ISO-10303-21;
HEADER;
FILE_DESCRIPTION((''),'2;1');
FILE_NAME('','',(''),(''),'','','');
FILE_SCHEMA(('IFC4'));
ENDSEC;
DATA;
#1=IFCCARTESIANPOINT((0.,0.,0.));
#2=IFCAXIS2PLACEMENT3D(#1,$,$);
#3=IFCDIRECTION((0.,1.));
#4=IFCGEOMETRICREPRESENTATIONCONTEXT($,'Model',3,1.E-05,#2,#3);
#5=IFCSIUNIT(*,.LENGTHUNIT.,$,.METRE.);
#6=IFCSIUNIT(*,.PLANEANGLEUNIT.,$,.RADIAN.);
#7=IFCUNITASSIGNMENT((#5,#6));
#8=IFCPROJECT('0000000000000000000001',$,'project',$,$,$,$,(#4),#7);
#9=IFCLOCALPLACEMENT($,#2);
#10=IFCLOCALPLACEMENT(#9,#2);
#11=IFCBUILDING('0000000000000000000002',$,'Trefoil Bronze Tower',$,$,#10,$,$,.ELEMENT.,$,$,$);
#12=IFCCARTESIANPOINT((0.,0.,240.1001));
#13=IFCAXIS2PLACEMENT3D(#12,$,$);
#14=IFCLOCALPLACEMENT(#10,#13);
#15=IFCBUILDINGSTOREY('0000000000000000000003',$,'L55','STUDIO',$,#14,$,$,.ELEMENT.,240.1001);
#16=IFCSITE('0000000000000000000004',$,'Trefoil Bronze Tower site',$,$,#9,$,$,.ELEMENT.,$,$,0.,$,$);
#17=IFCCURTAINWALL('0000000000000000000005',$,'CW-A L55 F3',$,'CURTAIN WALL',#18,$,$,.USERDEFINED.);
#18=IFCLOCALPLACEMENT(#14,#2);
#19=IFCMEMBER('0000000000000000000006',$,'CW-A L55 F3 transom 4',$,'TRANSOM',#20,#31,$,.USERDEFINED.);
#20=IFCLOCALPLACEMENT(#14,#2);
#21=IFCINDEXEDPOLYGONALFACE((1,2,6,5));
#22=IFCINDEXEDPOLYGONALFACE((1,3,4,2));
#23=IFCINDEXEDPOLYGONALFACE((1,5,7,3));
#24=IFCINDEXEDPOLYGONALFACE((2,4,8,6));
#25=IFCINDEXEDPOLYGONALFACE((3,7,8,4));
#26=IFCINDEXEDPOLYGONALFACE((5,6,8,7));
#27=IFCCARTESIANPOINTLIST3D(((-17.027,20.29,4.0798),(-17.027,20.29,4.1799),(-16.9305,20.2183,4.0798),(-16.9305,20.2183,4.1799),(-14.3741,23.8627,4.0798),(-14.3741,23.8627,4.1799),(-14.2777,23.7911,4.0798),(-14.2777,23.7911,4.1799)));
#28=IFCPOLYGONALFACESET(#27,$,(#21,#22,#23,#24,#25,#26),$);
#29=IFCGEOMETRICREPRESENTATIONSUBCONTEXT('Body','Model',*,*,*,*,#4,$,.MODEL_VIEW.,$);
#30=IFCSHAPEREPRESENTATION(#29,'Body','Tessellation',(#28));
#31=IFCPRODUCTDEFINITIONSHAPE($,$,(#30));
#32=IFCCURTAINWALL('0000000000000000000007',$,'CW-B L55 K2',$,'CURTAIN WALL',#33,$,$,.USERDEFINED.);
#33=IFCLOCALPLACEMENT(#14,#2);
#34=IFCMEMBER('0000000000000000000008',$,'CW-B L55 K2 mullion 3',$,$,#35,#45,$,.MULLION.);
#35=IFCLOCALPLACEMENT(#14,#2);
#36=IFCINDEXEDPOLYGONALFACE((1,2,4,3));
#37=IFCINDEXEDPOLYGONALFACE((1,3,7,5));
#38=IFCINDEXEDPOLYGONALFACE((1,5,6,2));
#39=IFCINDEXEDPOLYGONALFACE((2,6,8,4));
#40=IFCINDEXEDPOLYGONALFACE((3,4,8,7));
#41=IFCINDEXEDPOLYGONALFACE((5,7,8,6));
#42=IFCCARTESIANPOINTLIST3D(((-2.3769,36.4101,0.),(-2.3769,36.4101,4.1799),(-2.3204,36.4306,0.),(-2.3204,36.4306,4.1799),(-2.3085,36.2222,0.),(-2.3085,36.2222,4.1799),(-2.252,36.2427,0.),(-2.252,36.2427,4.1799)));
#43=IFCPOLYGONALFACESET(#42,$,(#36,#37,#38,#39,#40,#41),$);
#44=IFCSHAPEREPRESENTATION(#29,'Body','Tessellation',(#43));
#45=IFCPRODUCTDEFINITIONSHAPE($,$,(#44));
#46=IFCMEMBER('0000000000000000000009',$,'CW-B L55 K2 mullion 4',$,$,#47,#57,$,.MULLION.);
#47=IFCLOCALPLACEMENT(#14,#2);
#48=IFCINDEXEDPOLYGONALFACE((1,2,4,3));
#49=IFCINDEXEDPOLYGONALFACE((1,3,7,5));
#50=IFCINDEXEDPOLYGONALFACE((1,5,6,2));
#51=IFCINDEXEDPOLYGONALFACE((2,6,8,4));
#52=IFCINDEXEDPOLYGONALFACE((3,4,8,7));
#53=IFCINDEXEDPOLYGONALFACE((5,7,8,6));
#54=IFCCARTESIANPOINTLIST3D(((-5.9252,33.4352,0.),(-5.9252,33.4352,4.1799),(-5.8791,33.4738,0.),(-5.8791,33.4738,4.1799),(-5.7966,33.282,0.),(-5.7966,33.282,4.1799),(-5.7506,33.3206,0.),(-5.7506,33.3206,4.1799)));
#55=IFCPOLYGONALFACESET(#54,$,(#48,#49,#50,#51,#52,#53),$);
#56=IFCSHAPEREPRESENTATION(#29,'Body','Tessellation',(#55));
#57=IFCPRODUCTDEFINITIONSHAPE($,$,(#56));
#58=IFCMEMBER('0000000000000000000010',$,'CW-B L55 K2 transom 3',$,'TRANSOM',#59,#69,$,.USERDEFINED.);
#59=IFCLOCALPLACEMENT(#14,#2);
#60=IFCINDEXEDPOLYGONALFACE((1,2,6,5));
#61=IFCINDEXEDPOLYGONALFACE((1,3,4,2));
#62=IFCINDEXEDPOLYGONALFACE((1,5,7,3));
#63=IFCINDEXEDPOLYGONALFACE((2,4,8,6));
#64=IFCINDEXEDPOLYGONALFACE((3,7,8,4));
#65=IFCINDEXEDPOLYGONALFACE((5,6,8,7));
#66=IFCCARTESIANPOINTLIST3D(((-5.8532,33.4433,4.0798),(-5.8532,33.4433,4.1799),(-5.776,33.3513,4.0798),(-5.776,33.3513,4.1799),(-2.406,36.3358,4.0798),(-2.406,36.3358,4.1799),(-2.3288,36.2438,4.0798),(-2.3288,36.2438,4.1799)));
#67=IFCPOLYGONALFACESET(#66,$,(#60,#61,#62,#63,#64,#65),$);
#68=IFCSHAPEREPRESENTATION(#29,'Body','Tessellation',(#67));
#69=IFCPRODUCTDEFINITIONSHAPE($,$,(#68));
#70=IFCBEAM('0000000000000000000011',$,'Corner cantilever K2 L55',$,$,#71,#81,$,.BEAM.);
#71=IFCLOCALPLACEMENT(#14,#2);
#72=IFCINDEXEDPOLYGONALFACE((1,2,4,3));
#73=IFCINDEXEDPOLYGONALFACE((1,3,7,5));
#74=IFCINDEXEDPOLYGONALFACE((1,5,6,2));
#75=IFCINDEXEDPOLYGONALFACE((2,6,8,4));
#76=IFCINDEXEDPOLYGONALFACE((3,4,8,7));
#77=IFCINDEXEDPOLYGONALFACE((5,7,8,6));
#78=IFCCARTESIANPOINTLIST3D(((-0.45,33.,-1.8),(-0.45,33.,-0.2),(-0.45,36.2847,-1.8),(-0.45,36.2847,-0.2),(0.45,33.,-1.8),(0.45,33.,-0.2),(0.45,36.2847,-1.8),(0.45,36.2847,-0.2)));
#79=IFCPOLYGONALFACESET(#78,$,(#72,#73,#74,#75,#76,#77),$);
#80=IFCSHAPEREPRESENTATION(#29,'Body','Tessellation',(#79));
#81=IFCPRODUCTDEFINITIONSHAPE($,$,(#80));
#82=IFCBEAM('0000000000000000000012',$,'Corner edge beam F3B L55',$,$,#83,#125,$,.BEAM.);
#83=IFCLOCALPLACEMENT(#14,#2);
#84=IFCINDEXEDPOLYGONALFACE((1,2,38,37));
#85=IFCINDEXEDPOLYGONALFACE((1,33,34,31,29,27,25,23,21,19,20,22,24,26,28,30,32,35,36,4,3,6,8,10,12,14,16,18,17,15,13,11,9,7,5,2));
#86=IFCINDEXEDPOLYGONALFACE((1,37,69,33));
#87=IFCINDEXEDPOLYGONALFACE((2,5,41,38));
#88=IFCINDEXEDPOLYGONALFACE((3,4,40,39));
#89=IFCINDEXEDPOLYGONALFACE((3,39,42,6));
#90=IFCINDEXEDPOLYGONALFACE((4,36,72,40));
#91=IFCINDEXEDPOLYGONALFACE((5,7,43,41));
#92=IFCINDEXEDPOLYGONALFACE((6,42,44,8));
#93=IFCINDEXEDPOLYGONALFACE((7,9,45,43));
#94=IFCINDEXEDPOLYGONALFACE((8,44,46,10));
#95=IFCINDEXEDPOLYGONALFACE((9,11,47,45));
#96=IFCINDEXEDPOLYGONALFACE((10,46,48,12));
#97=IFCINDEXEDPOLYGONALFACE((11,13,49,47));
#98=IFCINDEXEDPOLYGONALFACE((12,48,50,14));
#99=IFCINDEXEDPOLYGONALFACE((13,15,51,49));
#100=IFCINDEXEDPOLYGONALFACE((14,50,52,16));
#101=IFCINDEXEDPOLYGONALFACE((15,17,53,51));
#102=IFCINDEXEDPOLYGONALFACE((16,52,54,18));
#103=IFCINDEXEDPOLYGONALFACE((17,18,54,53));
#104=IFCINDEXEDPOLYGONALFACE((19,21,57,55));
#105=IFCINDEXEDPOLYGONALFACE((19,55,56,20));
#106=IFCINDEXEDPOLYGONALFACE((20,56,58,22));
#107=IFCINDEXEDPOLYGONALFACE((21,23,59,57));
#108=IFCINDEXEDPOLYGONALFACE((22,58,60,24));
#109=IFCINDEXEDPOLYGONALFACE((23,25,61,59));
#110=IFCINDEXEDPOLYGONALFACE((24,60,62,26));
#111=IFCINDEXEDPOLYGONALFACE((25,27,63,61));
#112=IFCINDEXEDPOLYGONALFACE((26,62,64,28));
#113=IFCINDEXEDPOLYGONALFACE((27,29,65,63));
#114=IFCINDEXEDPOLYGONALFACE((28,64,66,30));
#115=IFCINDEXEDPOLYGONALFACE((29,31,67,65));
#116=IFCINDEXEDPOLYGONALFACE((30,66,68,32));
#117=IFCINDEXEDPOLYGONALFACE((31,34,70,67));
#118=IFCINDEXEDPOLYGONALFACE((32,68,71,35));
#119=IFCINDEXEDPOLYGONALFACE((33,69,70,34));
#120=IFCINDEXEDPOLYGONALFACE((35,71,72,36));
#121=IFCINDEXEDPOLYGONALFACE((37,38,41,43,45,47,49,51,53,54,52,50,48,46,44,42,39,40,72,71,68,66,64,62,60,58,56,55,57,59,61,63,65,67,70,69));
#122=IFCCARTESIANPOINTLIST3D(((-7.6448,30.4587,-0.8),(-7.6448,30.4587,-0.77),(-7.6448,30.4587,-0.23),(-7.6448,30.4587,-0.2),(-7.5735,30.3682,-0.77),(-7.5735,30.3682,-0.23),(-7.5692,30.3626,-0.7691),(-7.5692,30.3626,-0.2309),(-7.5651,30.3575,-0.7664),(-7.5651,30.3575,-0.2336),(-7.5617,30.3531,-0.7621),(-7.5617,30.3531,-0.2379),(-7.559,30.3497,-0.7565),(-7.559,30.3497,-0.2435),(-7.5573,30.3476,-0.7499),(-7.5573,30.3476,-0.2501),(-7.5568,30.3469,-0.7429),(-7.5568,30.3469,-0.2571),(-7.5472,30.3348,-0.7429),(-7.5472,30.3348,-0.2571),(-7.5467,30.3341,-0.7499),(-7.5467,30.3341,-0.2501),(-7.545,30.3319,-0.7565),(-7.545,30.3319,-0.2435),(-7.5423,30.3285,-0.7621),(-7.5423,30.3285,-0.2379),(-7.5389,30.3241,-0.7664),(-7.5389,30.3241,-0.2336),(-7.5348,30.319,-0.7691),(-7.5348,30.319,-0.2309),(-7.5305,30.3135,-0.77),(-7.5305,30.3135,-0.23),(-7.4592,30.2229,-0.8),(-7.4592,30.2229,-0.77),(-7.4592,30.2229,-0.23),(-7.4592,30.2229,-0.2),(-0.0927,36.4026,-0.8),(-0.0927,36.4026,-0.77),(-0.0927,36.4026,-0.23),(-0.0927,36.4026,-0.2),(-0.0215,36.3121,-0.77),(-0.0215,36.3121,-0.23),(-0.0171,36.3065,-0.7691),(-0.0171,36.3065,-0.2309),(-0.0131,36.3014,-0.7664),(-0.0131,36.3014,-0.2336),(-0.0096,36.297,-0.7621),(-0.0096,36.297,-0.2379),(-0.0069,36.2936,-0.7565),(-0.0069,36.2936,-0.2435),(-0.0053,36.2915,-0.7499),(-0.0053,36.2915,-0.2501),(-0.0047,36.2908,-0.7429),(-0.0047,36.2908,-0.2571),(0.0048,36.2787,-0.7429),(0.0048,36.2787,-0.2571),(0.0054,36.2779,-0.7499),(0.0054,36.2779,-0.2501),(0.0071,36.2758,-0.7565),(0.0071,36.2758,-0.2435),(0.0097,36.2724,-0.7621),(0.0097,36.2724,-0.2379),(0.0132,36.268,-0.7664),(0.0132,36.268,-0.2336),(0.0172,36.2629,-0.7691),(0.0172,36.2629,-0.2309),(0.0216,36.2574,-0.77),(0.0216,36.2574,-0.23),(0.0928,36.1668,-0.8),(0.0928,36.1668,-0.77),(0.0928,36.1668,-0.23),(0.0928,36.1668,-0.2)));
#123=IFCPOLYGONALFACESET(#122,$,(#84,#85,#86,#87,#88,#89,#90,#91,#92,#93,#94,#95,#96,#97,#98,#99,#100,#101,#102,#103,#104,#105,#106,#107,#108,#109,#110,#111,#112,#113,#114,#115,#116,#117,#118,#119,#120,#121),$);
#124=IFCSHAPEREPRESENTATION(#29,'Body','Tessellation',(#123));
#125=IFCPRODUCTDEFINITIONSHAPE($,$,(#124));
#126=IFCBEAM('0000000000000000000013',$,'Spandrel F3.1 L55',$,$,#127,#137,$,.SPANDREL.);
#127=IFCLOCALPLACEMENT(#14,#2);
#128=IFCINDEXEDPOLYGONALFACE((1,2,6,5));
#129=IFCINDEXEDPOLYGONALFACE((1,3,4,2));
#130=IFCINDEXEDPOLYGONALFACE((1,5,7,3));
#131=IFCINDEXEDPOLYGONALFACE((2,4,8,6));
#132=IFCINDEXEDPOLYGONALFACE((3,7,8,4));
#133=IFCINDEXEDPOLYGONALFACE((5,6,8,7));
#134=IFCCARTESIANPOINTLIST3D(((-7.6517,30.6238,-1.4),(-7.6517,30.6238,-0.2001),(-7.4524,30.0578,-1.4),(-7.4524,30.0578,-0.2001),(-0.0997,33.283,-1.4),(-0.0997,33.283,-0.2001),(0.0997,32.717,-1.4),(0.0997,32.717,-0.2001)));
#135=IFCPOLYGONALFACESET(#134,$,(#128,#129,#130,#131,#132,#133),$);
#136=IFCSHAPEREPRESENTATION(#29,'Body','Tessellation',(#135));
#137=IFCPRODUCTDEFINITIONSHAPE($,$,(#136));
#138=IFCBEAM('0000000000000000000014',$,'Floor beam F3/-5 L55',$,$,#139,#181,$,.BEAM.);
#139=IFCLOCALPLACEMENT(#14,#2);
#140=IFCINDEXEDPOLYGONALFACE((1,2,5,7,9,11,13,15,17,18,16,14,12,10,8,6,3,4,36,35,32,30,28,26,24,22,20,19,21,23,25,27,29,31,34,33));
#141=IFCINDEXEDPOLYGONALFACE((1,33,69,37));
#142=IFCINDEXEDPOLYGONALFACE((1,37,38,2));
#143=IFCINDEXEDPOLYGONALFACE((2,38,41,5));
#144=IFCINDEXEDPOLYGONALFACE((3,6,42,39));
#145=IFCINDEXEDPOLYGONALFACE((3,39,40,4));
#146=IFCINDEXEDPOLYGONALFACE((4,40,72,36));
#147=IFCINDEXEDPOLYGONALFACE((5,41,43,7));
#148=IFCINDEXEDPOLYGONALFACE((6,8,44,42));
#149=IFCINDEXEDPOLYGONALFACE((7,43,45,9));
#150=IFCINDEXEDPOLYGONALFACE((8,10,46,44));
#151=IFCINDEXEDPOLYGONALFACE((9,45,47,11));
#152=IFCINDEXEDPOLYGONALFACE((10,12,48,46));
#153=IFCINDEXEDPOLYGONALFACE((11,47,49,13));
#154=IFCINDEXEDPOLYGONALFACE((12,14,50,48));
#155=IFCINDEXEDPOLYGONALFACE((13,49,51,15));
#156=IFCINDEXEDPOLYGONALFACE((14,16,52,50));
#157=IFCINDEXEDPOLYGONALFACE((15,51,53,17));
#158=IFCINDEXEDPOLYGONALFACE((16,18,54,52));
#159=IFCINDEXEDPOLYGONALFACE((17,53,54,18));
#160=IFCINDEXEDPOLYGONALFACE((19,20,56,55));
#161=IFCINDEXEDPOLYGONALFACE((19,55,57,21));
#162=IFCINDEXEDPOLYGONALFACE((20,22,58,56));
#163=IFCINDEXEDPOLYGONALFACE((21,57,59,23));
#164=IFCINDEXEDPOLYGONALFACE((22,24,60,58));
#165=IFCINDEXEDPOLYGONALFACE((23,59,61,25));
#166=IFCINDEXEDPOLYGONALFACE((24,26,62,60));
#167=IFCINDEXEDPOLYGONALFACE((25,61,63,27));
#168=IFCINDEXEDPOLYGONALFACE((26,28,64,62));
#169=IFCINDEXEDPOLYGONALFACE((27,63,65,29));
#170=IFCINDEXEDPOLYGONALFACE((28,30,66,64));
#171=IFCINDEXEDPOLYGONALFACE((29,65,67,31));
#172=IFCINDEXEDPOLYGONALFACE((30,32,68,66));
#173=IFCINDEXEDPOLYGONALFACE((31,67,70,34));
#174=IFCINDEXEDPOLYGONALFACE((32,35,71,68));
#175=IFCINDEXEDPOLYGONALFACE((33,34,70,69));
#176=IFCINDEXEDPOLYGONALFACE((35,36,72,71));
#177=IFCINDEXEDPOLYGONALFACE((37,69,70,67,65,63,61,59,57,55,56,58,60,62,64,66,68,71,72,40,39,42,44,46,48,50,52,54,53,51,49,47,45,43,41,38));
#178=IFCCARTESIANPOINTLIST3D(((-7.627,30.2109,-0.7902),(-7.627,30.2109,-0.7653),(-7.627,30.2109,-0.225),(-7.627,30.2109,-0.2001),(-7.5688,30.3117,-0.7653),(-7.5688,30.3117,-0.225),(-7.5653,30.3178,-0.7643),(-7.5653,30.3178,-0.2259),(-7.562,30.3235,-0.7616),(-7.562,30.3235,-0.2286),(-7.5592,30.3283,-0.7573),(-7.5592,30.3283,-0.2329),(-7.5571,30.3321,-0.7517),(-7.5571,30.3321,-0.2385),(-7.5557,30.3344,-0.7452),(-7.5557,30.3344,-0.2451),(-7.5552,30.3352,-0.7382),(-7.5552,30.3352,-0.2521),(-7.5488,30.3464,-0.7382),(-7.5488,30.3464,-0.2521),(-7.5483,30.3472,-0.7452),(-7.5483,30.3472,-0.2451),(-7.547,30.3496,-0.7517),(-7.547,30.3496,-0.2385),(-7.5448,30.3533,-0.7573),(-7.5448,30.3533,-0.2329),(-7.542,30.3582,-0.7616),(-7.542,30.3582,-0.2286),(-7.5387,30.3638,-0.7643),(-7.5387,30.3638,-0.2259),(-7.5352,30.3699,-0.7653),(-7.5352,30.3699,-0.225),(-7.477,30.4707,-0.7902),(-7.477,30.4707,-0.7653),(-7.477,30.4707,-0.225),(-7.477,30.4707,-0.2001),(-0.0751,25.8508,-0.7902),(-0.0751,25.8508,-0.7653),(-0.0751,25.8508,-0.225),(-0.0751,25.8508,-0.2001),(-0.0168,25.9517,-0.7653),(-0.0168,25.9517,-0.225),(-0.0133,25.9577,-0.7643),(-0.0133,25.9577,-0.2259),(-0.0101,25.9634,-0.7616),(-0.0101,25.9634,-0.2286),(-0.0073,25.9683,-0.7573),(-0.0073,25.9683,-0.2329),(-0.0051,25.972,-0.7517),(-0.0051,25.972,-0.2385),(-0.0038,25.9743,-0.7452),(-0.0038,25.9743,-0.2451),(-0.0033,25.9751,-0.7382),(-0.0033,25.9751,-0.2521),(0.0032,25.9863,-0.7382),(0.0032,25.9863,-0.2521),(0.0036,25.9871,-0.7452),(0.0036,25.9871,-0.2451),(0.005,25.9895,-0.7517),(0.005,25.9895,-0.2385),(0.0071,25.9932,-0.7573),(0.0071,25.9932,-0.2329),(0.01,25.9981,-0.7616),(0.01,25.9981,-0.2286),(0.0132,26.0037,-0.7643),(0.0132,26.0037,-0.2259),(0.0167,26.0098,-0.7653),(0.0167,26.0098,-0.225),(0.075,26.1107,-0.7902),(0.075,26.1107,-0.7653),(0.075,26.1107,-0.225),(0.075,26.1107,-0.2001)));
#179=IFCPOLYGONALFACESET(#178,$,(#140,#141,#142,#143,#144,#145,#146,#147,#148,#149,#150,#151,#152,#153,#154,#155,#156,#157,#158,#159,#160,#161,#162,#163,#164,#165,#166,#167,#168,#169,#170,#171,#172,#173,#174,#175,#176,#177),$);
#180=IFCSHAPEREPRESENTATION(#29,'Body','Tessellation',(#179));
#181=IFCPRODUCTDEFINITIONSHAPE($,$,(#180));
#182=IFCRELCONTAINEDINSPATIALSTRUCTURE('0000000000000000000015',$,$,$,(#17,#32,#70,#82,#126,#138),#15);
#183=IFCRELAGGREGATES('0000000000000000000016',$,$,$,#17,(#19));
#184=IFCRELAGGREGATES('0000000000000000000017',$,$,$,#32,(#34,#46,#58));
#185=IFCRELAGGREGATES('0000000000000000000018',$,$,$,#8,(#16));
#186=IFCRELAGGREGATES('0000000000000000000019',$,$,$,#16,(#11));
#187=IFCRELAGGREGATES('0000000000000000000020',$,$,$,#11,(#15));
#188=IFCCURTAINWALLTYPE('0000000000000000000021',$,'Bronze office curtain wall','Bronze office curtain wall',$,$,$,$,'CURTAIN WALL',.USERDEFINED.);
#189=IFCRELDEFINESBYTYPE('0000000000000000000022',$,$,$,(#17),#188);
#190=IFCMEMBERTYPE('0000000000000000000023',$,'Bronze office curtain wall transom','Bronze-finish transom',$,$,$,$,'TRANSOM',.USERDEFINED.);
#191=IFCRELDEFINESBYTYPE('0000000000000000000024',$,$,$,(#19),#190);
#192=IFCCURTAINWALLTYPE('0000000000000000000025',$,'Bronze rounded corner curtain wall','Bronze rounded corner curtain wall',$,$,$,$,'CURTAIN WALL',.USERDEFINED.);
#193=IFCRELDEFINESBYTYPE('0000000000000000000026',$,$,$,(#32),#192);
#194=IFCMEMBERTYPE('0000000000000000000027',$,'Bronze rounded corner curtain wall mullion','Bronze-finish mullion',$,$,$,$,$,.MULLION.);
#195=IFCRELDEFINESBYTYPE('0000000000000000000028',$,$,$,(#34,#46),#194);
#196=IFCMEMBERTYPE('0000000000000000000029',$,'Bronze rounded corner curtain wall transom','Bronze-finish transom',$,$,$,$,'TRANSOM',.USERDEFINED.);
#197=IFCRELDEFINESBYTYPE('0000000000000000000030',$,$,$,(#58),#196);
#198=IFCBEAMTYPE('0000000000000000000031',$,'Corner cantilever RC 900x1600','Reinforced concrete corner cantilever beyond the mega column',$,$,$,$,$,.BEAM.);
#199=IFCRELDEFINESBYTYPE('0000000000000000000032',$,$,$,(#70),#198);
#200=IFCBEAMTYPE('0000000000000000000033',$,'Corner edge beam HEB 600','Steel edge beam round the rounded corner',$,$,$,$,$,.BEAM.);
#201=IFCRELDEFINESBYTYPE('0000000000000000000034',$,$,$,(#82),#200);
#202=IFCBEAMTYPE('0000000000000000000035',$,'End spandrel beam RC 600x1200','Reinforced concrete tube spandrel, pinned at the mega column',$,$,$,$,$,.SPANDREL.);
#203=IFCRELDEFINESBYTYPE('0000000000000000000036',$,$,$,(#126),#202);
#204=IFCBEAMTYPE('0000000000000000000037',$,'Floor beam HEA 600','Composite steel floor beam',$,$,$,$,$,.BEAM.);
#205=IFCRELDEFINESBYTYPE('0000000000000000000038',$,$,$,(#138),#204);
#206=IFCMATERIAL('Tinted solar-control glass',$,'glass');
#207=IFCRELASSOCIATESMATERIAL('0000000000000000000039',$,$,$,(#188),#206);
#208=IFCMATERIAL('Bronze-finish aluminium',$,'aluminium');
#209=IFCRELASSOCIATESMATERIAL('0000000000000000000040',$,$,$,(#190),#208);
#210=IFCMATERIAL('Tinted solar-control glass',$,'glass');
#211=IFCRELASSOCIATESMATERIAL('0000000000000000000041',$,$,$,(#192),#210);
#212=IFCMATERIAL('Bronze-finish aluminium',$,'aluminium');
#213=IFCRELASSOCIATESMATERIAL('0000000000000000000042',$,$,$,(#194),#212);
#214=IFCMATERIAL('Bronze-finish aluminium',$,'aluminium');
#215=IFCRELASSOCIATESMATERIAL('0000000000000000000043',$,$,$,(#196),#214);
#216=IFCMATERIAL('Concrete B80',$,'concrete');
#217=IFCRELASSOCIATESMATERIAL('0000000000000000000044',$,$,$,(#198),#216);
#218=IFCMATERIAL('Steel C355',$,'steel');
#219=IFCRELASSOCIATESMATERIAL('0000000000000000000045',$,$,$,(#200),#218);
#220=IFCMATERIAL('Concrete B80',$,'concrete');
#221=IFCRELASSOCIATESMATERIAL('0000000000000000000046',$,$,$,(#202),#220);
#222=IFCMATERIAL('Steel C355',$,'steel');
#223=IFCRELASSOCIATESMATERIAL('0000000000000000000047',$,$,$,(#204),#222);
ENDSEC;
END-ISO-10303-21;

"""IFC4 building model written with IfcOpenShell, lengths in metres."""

from ifc_helpers import new_model, si_unit, direction, frame, origin, origin_2d, place, context, subcontext, project, spatial, rectangle, i_section, extrude, material, material_profile, profile_set, type_object, element, aggregate, save


model = new_model("IFC4")

# Units and contexts
model_context = context("Model", 3, precision=1e-05, world=origin(), true_north=direction((0.0, 1.0)))
body_context = subcontext(model_context, "Body", "Model", "MODEL_VIEW")
ifc_project = project(units=[si_unit("LENGTHUNIT", "METRE"), si_unit("PLANEANGLEUNIT", "RADIAN")], contexts=[model_context])

# Site, building, storey
site_placement = place(None, origin())
site = spatial("IfcSite", under=ifc_project, at=site_placement, Name="Trefoil Bronze Tower site", CompositionType="ELEMENT", RefElevation=0.0)
building_placement = place(site_placement, origin())
building = spatial("IfcBuilding", under=site, at=building_placement, Name="Trefoil Bronze Tower", CompositionType="ELEMENT")
storey_placement = place(building_placement, frame((0.0, 0.0, 240.1001)))
storey = spatial("IfcBuildingStorey", under=building, at=storey_placement, Name="L55", Description="STUDIO", CompositionType="ELEMENT", Elevation=240.1001)

# Curtain walls, members
ifc_material_1 = material(Name="Tinted solar-control glass", Category="glass")
curtain_wall_type_1 = type_object("IfcCurtainWallType", Name="Bronze office curtain wall", Description="Bronze office curtain wall", ElementType="CURTAIN WALL", PredefinedType="USERDEFINED", material=ifc_material_1)
curtain_wall_1_placement = place(storey_placement, origin())
curtain_wall_1 = element("IfcCurtainWall", 1, at=curtain_wall_1_placement, inside=storey, type_object=curtain_wall_type_1, Name="CW-A L55 F3", ObjectType="CURTAIN WALL", PredefinedType="USERDEFINED")
ifc_material_2 = material(Name="Bronze-finish aluminium", Category="aluminium")
ifc_material_profile_1 = material_profile(ifc_material_2, rectangle(XDim=0.1201, YDim=0.1001, at=origin_2d()), Name="CW-A transom")
ifc_profile_set_1 = profile_set([ifc_material_profile_1], Name="Bronze-finish aluminium")
member_type_1 = type_object("IfcMemberType", Name="Bronze office curtain wall transom", Description="Bronze-finish transom", ElementType="TRANSOM", PredefinedType="USERDEFINED", material=ifc_profile_set_1)
member_1_placement = place(storey_placement, frame((-14.3259, 23.8269, 4.1299), z_axis=(-0.596148, -0.802874, 0.0), x_axis=(0.802874, -0.596148, 0.0)))
member_1 = element("IfcMember", 2, at=member_1_placement, type_object=member_type_1, Name="CW-A L55 F3 transom 4", ObjectType="TRANSOM", PredefinedType="USERDEFINED", context=body_context, shape_type="SweptSolid", body=[
    extrude(rectangle(XDim=0.1201, YDim=0.1001, at=origin_2d()), origin(), (0.0, 0.0, 1.0), 4.45),
])
ifc_material_3 = material(Name="Tinted solar-control glass", Category="glass")
curtain_wall_type_2 = type_object("IfcCurtainWallType", Name="Bronze rounded corner curtain wall", Description="Bronze rounded corner curtain wall", ElementType="CURTAIN WALL", PredefinedType="USERDEFINED", material=ifc_material_3)
curtain_wall_2_placement = place(storey_placement, origin())
curtain_wall_2 = element("IfcCurtainWall", 3, at=curtain_wall_2_placement, inside=storey, type_object=curtain_wall_type_2, Name="CW-B L55 K2", ObjectType="CURTAIN WALL", PredefinedType="USERDEFINED")
ifc_material_4 = material(Name="Bronze-finish aluminium", Category="aluminium")
ifc_material_profile_2 = material_profile(ifc_material_4, rectangle(XDim=0.2, YDim=0.0601, at=origin_2d()), Name="CW-B mullion")
ifc_profile_set_2 = profile_set([ifc_material_profile_2], Name="Bronze-finish aluminium")
member_type_2 = type_object("IfcMemberType", Name="Bronze rounded corner curtain wall mullion", Description="Bronze-finish mullion", PredefinedType="MULLION", material=ifc_profile_set_2)
member_2_placement = place(storey_placement, frame((-2.3145, 36.3264, 0.0), z_axis=(0.0, 0.0, 1.0), x_axis=(0.34202, -0.939693, 0.0)))
member_2 = element("IfcMember", 4, at=member_2_placement, type_object=member_type_2, Name="CW-B L55 K2 mullion 3", PredefinedType="MULLION", context=body_context, shape_type="SweptSolid", body=[
    extrude(rectangle(XDim=0.2, YDim=0.0601, at=origin_2d()), origin(), (0.0, 0.0, 1.0), 4.1799),
])
member_3_placement = place(storey_placement, frame((-5.8379, 33.3779, 0.0), z_axis=(0.0, 0.0, 1.0), x_axis=(0.642788, -0.766044, 0.0)))
member_3 = element("IfcMember", 5, at=member_3_placement, type_object=member_type_2, Name="CW-B L55 K2 mullion 4", PredefinedType="MULLION", context=body_context, shape_type="SweptSolid", body=[
    extrude(rectangle(XDim=0.2, YDim=0.0601, at=origin_2d()), origin(), (0.0, 0.0, 1.0), 4.1799),
])
ifc_material_5 = material(Name="Bronze-finish aluminium", Category="aluminium")
ifc_material_profile_3 = material_profile(ifc_material_5, rectangle(XDim=0.1201, YDim=0.1001, at=origin_2d()), Name="CW-B transom")
ifc_profile_set_3 = profile_set([ifc_material_profile_3], Name="Bronze-finish aluminium")
member_type_3 = type_object("IfcMemberType", Name="Bronze rounded corner curtain wall transom", Description="Bronze-finish transom", ElementType="TRANSOM", PredefinedType="USERDEFINED", material=ifc_profile_set_3)
member_4_placement = place(storey_placement, frame((-2.3674, 36.2898, 4.1299), z_axis=(-0.766047, -0.642785, 0.0), x_axis=(0.642785, -0.766047, 0.0)))
member_4 = element("IfcMember", 6, at=member_4_placement, type_object=member_type_3, Name="CW-B L55 K2 transom 3", ObjectType="TRANSOM", PredefinedType="USERDEFINED", context=body_context, shape_type="SweptSolid", body=[
    extrude(rectangle(XDim=0.1201, YDim=0.1001, at=origin_2d()), origin(), (0.0, 0.0, 1.0), 4.5),
])

# Beams
ifc_material_6 = material(Name="Concrete B80", Category="concrete")
ifc_material_profile_4 = material_profile(ifc_material_6, rectangle(XDim=0.8999, YDim=1.6001, at=origin_2d()), Name="RC 900x1600")
ifc_profile_set_4 = profile_set([ifc_material_profile_4], Name="Concrete B80")
beam_type_1 = type_object("IfcBeamType", Name="Corner cantilever RC 900x1600", Description="Reinforced concrete corner cantilever beyond the mega column", PredefinedType="BEAM", material=ifc_profile_set_4)
beam_1_placement = place(storey_placement, frame((0.0, 33.0, -1.0), z_axis=(0.0, 1.0, 0.0), x_axis=(-1.0, 0.0, 0.0)))
element("IfcBeam", 7, at=beam_1_placement, inside=storey, type_object=beam_type_1, Name="Corner cantilever K2 L55", PredefinedType="BEAM", context=body_context, shape_type="SweptSolid", body=[
    extrude(rectangle(XDim=0.8999, YDim=1.6001, at=origin_2d()), origin(), (0.0, 0.0, 1.0), 3.2847),
])
ifc_material_7 = material(Name="Steel C355", Category="steel")
ifc_material_profile_5 = material_profile(ifc_material_7, i_section(OverallWidth=0.3, OverallDepth=0.6001, WebThickness=0.0154, FlangeThickness=0.03, FilletRadius=0.0271, at=origin_2d()), Name="HEB 600")
ifc_profile_set_5 = profile_set([ifc_material_profile_5], Name="Steel C355")
beam_type_2 = type_object("IfcBeamType", Name="Corner edge beam HEB 600", Description="Steel edge beam round the rounded corner", PredefinedType="BEAM", material=ifc_profile_set_5)
beam_2_placement = place(storey_placement, frame((-7.552, 30.3408, -0.5), z_axis=(0.785806, 0.618473, 0.0), x_axis=(-0.618473, 0.785806, 0.0)))
element("IfcBeam", 8, at=beam_2_placement, inside=storey, type_object=beam_type_2, Name="Corner edge beam F3B L55", PredefinedType="BEAM", context=body_context, shape_type="SweptSolid", body=[
    extrude(i_section(OverallWidth=0.3, OverallDepth=0.6001, WebThickness=0.0154, FlangeThickness=0.03, FilletRadius=0.0271, at=origin_2d()), origin(), (0.0, 0.0, 1.0), 9.6106),
])
ifc_material_8 = material(Name="Concrete B80", Category="concrete")
ifc_material_profile_6 = material_profile(ifc_material_8, rectangle(XDim=0.6001, YDim=1.2, at=origin_2d()), Name="RC 600x1200")
ifc_profile_set_6 = profile_set([ifc_material_profile_6], Name="Concrete B80")
beam_type_3 = type_object("IfcBeamType", Name="End spandrel beam RC 600x1200", Description="Reinforced concrete tube spandrel, pinned at the mega column", PredefinedType="SPANDREL", material=ifc_profile_set_6)
beam_3_placement = place(storey_placement, frame((0.0, 33.0, -0.8), z_axis=(-0.943234, -0.332128, 0.0), x_axis=(0.332128, -0.943234, 0.0)))
element("IfcBeam", 9, at=beam_3_placement, inside=storey, type_object=beam_type_3, Name="Spandrel F3.1 L55", PredefinedType="SPANDREL", context=body_context, shape_type="SweptSolid", body=[
    extrude(rectangle(XDim=0.6001, YDim=1.2, at=origin_2d()), origin(), (0.0, 0.0, 1.0), 8.0066),
])
ifc_material_9 = material(Name="Steel C355", Category="steel")
ifc_material_profile_7 = material_profile(ifc_material_9, i_section(OverallWidth=0.3, OverallDepth=0.5901, WebThickness=0.0129, FlangeThickness=0.0249, FilletRadius=0.0271, at=origin_2d()), Name="HEA 600")
ifc_profile_set_7 = profile_set([ifc_material_profile_7], Name="Steel C355")
beam_type_4 = type_object("IfcBeamType", Name="Floor beam HEA 600", Description="Composite steel floor beam", PredefinedType="BEAM", material=ifc_profile_set_7)
beam_4_placement = place(storey_placement, frame((-7.552, 30.3408, -0.4951), z_axis=(0.866028, -0.499996, 0.0), x_axis=(0.499996, 0.866028, 0.0)))
element("IfcBeam", 10, at=beam_4_placement, inside=storey, type_object=beam_type_4, Name="Floor beam F3/-5 L55", PredefinedType="BEAM", context=body_context, shape_type="SweptSolid", body=[
    extrude(i_section(OverallWidth=0.3, OverallDepth=0.5901, WebThickness=0.0129, FlangeThickness=0.0249, FilletRadius=0.0271, at=origin_2d()), origin(), (0.0, 0.0, 1.0), 8.7202),
])

aggregate(curtain_wall_1, [member_1])
aggregate(curtain_wall_2, [member_2, member_3, member_4])

save(model, "model.ifc")
